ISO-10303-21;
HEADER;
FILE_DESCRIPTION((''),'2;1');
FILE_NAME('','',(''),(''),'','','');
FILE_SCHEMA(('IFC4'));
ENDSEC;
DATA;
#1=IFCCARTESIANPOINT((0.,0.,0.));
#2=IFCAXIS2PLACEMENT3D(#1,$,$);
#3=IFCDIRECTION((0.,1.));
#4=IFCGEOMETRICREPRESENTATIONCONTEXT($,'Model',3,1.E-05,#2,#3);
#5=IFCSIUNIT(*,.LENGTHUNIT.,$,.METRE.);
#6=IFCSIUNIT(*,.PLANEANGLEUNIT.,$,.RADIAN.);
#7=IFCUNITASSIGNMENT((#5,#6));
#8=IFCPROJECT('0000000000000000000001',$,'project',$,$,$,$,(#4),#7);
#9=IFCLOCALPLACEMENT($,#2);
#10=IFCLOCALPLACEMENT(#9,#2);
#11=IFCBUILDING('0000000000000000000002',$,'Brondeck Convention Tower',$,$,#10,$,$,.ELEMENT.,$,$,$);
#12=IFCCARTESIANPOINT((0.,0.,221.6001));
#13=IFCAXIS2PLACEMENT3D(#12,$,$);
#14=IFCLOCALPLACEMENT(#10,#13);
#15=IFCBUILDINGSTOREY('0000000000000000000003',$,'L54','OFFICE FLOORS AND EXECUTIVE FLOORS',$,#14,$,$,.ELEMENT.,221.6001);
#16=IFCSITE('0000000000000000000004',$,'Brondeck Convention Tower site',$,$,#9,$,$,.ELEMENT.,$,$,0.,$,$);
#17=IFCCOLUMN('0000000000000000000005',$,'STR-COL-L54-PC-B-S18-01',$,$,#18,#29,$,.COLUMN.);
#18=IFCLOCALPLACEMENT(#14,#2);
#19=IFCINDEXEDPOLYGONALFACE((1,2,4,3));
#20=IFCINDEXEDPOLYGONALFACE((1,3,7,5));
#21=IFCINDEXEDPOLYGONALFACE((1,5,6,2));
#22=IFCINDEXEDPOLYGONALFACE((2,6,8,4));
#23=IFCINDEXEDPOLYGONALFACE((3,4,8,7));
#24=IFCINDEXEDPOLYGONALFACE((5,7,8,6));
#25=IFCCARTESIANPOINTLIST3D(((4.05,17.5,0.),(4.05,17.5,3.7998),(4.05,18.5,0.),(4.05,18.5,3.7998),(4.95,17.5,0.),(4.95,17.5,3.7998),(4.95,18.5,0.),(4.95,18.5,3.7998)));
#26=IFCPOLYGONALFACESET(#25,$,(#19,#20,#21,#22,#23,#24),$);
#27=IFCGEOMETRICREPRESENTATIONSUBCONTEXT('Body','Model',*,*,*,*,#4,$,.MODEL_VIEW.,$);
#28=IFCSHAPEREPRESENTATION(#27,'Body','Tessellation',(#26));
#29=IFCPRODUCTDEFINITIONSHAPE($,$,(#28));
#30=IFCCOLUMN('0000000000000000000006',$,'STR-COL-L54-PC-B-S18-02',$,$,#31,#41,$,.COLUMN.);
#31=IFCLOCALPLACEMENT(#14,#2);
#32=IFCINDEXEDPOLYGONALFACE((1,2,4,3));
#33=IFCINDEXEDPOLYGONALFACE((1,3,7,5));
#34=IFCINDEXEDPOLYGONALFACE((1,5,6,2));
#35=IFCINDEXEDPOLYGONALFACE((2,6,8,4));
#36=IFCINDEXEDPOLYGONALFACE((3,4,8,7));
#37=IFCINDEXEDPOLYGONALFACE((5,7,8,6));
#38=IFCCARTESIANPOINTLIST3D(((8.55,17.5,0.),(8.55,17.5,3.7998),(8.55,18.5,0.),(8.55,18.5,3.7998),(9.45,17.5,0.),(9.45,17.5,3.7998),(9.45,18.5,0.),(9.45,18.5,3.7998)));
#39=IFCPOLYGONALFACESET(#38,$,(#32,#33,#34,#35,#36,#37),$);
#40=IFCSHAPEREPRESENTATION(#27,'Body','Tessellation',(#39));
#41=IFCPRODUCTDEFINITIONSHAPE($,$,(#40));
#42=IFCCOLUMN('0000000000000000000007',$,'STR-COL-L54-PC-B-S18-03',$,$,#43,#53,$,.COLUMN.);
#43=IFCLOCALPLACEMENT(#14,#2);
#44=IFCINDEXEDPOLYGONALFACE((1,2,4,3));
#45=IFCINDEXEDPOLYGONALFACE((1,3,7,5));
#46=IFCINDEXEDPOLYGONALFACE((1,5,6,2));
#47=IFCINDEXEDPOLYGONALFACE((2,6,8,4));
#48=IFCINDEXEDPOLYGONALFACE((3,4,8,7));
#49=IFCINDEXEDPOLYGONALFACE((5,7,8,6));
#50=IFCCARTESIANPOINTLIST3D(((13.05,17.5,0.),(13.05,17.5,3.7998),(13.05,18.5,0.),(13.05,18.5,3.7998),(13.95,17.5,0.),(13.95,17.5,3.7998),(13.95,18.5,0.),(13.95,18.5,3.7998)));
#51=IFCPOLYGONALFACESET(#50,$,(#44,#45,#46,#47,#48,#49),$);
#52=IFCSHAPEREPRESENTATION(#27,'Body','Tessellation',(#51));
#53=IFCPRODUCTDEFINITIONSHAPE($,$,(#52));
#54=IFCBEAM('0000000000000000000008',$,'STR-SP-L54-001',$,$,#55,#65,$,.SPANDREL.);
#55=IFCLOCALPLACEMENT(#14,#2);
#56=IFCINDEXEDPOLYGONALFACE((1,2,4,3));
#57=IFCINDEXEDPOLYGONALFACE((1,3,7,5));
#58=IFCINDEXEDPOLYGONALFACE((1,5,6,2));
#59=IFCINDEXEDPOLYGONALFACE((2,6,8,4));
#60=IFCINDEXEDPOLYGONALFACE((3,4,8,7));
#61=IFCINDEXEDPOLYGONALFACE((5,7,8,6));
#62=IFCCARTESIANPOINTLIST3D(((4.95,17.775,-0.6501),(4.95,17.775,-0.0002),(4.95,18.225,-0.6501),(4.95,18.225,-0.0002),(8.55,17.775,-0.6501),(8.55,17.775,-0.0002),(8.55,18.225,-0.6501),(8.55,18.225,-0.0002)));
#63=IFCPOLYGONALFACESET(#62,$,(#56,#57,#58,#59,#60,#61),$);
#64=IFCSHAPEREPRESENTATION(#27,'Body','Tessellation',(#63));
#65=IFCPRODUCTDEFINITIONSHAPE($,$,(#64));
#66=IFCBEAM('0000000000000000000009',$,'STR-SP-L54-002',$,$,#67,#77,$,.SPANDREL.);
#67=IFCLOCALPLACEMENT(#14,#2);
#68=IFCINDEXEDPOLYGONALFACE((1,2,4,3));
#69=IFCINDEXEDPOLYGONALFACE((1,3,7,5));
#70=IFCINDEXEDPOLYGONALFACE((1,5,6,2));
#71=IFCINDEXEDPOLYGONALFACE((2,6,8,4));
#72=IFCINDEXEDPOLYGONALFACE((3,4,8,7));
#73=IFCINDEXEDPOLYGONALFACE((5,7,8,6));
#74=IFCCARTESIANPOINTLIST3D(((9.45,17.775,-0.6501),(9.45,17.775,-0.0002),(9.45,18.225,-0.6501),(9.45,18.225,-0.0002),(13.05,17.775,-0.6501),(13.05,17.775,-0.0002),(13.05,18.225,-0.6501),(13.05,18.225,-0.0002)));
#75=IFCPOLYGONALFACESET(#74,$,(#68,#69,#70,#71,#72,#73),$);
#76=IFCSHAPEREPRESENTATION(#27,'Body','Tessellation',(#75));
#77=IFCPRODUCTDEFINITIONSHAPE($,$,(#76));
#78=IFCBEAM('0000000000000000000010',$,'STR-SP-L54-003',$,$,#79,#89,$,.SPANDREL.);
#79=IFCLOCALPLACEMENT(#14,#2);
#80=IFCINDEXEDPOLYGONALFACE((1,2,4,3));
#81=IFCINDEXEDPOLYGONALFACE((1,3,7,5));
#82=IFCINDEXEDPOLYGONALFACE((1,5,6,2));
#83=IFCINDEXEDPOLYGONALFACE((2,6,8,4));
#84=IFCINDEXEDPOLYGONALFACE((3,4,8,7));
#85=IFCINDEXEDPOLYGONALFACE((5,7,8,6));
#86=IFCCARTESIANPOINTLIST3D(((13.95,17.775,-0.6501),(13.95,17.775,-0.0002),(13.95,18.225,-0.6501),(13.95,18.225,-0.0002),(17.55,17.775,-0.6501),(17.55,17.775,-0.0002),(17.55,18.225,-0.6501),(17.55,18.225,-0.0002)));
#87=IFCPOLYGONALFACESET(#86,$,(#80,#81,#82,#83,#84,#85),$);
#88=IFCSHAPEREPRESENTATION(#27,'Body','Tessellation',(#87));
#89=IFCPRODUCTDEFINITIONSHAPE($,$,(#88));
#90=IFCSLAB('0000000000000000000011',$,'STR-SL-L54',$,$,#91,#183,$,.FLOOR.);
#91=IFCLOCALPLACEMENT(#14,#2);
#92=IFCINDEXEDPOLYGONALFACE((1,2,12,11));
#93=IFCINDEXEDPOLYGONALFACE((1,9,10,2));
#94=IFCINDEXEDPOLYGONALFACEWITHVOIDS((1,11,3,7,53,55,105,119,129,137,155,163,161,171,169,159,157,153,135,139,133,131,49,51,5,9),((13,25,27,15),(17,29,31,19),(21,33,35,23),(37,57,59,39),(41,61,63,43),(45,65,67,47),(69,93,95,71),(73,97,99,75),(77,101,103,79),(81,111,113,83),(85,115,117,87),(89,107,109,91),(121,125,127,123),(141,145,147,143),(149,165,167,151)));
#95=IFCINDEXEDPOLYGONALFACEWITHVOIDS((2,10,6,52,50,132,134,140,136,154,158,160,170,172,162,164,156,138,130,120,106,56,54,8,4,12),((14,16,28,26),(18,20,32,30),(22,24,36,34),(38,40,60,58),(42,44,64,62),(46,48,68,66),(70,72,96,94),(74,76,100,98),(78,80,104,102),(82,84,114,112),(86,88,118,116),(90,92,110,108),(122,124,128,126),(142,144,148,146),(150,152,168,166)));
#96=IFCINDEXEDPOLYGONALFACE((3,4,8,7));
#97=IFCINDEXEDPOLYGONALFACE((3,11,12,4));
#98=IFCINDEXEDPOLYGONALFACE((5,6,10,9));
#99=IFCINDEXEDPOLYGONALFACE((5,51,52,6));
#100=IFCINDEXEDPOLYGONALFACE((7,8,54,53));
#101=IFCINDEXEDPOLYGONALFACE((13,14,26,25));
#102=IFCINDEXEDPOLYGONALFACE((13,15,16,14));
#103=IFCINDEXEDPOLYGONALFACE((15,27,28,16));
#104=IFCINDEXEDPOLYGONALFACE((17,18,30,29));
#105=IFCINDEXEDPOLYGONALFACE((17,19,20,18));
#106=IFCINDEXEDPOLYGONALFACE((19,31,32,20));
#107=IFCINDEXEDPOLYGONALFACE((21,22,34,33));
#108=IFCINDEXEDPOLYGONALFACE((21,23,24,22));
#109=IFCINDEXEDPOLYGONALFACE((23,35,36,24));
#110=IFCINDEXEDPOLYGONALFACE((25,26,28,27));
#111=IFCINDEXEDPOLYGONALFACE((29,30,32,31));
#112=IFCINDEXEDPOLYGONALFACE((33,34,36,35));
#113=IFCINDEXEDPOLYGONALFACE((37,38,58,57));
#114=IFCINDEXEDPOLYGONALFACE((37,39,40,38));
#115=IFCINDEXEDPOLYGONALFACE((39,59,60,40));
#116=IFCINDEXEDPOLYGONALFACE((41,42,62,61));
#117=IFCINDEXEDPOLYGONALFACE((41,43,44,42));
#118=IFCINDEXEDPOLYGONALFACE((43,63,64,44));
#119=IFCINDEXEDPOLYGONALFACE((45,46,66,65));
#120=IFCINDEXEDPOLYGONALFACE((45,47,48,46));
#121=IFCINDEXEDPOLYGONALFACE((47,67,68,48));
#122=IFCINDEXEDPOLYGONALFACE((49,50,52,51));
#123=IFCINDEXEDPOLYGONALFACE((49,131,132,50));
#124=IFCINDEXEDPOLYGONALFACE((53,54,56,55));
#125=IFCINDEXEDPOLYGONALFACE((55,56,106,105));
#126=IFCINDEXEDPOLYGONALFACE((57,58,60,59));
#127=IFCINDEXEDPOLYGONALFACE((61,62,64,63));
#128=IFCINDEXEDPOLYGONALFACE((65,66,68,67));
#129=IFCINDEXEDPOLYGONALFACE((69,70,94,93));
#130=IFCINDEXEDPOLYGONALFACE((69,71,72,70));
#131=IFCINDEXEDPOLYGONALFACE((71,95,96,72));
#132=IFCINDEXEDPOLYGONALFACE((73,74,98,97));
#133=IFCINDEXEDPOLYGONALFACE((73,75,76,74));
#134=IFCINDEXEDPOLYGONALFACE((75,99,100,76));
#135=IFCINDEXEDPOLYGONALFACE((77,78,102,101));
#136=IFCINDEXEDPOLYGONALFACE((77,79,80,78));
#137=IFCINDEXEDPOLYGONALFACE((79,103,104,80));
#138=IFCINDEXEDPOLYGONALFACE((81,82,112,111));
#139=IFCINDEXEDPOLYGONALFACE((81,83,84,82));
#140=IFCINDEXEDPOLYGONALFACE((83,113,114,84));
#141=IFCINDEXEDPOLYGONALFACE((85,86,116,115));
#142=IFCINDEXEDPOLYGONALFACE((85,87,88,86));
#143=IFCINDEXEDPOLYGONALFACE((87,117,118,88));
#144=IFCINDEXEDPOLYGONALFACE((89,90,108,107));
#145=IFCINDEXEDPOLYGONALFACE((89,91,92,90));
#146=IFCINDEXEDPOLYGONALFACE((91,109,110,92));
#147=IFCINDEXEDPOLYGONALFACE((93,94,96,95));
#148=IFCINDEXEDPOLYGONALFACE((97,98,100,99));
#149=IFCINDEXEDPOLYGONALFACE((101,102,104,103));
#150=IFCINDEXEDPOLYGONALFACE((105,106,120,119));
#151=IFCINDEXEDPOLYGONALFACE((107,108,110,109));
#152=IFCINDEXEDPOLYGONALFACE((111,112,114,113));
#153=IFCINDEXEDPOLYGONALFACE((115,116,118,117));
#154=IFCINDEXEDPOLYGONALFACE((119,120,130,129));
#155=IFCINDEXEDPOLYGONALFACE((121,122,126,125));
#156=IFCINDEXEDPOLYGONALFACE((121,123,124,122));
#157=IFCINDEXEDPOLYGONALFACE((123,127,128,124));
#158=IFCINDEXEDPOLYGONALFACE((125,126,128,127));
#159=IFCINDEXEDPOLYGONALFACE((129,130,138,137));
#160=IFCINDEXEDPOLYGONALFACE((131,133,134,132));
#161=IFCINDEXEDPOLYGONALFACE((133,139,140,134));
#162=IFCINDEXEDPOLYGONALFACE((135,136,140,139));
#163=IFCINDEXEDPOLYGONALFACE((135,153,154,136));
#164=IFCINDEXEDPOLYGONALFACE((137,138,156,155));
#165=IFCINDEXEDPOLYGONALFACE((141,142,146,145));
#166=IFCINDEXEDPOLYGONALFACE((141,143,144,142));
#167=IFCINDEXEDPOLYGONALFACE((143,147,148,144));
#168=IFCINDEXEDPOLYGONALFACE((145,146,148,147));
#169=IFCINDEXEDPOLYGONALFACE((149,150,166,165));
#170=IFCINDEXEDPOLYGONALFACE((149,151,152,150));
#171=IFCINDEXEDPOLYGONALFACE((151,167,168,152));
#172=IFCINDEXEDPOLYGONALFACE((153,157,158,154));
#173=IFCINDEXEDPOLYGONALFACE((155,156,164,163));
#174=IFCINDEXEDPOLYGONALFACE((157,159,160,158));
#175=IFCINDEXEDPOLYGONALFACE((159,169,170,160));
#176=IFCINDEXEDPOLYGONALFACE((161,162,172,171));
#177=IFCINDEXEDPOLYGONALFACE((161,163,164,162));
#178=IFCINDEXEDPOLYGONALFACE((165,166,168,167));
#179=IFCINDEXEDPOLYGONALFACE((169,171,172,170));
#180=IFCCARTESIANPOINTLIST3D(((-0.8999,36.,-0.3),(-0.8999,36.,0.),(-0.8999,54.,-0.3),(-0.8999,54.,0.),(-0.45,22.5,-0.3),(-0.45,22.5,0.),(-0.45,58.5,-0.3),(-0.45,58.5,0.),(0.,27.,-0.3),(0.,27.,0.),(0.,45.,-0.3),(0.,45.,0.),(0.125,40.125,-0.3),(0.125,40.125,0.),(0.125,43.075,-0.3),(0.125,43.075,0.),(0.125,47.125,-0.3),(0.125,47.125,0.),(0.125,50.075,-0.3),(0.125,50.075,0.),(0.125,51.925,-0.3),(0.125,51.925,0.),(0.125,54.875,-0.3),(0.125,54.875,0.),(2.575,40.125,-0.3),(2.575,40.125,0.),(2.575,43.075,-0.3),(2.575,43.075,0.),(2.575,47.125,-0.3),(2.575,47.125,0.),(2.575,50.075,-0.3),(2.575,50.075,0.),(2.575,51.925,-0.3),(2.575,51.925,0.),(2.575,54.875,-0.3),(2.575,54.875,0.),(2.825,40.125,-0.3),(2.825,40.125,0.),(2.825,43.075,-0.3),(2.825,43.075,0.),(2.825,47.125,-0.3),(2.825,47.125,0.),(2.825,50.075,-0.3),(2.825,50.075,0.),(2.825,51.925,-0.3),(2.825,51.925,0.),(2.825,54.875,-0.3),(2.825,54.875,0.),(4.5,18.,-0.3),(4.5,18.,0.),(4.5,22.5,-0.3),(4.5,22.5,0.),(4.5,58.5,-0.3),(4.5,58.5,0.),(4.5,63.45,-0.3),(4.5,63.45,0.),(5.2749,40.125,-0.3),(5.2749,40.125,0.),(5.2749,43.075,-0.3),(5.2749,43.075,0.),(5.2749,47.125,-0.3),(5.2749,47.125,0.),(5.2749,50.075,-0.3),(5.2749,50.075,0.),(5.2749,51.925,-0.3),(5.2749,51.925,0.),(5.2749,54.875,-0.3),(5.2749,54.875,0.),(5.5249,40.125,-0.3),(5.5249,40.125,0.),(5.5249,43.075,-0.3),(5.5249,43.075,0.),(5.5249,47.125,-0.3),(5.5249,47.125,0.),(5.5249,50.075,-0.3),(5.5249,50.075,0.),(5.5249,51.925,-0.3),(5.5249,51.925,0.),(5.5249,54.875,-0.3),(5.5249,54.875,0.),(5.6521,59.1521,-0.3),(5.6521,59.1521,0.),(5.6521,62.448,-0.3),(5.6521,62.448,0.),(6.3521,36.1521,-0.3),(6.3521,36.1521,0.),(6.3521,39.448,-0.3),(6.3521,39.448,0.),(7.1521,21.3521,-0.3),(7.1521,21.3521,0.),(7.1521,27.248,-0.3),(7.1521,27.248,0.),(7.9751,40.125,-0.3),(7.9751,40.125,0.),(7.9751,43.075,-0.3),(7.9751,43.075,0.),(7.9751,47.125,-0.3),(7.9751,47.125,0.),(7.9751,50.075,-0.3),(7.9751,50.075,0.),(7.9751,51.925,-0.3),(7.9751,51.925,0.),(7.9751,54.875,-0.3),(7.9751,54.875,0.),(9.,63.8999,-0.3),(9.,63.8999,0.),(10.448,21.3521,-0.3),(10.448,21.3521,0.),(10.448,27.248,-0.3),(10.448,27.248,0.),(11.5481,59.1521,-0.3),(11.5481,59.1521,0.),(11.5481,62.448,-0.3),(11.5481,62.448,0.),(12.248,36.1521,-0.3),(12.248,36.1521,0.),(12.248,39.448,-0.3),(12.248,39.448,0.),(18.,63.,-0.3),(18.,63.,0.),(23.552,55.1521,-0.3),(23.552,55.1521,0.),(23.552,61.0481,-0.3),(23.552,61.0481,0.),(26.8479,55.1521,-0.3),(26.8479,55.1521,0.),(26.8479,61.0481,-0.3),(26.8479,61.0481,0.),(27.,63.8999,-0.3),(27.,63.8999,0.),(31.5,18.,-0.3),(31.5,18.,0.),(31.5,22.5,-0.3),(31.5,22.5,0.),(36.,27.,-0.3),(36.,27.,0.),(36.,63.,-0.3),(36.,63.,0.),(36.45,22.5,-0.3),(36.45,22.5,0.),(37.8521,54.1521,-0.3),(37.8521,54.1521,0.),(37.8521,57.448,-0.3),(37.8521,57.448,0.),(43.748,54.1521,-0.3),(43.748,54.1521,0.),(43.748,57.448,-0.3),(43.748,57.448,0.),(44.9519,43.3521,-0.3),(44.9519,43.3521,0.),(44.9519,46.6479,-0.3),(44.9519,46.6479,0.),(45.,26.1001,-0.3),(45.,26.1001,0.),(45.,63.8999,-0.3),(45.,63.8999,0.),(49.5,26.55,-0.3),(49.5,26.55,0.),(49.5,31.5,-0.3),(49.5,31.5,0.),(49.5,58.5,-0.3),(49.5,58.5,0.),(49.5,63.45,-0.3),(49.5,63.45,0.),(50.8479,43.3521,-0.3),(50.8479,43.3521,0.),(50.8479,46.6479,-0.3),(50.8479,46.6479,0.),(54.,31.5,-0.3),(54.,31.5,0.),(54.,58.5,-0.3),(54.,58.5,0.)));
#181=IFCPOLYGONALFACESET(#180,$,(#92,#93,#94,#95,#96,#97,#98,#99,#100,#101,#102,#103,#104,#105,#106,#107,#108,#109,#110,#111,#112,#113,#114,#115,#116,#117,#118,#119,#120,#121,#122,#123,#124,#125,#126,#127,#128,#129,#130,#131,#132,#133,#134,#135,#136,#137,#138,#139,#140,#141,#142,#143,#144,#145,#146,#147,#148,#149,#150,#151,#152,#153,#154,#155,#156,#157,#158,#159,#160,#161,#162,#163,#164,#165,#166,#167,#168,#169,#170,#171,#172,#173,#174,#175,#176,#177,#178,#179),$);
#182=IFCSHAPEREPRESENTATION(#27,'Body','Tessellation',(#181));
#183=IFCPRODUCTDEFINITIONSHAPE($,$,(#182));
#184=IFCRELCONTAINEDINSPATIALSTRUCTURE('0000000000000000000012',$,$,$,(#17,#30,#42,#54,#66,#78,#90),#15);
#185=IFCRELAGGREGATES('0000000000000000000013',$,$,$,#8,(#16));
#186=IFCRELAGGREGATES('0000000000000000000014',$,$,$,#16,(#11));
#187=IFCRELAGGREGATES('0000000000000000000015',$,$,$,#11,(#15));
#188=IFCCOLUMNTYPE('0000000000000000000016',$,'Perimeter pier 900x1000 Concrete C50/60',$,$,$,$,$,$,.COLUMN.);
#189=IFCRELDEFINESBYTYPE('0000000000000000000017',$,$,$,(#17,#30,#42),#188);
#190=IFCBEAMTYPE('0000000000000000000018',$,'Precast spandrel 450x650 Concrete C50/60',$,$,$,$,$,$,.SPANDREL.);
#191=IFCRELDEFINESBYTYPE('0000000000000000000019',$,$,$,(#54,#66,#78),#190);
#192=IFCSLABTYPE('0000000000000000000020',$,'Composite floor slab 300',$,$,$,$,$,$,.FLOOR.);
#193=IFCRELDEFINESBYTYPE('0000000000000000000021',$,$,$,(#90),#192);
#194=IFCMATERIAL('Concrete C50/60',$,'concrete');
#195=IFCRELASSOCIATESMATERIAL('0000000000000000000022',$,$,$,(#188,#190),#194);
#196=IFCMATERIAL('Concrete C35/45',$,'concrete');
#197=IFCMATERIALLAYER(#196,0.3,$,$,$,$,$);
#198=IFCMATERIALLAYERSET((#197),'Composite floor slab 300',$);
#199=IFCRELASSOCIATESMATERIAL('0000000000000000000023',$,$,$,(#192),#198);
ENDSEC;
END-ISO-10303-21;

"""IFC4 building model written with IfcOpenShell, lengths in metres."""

from ifc_helpers import new_model, si_unit, direction, frame, origin, origin_2d, place, context, subcontext, project, spatial, polyline, rectangle, outline, extrude, material, layer, layer_set, material_profile, profile_set, type_object, element, save


model = new_model("IFC4")

# Units and contexts
model_context = context("Model", 3, precision=1e-05, world=origin(), true_north=direction((0.0, 1.0)))
body_context = subcontext(model_context, "Body", "Model", "MODEL_VIEW")
ifc_project = project(units=[si_unit("LENGTHUNIT", "METRE"), si_unit("PLANEANGLEUNIT", "RADIAN")], contexts=[model_context])

# Site, building, storey
site_placement = place(None, origin())
site = spatial("IfcSite", under=ifc_project, at=site_placement, Name="Brondeck Convention Tower site", CompositionType="ELEMENT", RefElevation=0.0)
building_placement = place(site_placement, origin())
building = spatial("IfcBuilding", under=site, at=building_placement, Name="Brondeck Convention Tower", CompositionType="ELEMENT")
storey_placement = place(building_placement, frame((0.0, 0.0, 221.6001)))
storey = spatial("IfcBuildingStorey", under=building, at=storey_placement, Name="L54", Description="OFFICE FLOORS AND EXECUTIVE FLOORS", CompositionType="ELEMENT", Elevation=221.6001)

# Columns
ifc_material_1 = material(Name="Concrete C50/60", Category="concrete")
ifc_material_profile_1 = material_profile(ifc_material_1, rectangle(XDim=0.8999, YDim=1.0, at=origin_2d()), Name="Perimeter pier 900x1000 Concrete C50/60")
ifc_profile_set_1 = profile_set([ifc_material_profile_1], Name="Concrete C50/60")
column_type = type_object("IfcColumnType", Name="Perimeter pier 900x1000 Concrete C50/60", PredefinedType="COLUMN", material=ifc_profile_set_1)
for number, where, z_axis, x_axis, name in (
    (1, (4.5, 18.0, 0.0), (0.0, 0.0, 1.0), (1.0, 0.0, 0.0), "STR-COL-L54-PC-B-S18-01"),
    (2, (9.0, 18.0, 0.0), (0.0, 0.0, 1.0), (1.0, 0.0, 0.0), "STR-COL-L54-PC-B-S18-02"),
    (3, (13.5, 18.0, 0.0), (0.0, 0.0, 1.0), (1.0, 0.0, 0.0), "STR-COL-L54-PC-B-S18-03"),
):
    element("IfcColumn", number, at=place(storey_placement, frame(where, z_axis=z_axis, x_axis=x_axis)), inside=storey, type_object=column_type, Name=name, PredefinedType="COLUMN", context=body_context, shape_type="SweptSolid", body=[
        extrude(rectangle(XDim=0.8999, YDim=1.0, at=origin_2d()), origin(), (0.0, 0.0, 1.0), 3.7998),
    ])

# Beams
ifc_material_profile_2 = material_profile(ifc_material_1, rectangle(XDim=0.45, YDim=0.6499, at=origin_2d()), Name="Precast spandrel 450x650 Concrete C50/60")
ifc_profile_set_2 = profile_set([ifc_material_profile_2], Name="Concrete C50/60")
beam_type = type_object("IfcBeamType", Name="Precast spandrel 450x650 Concrete C50/60", PredefinedType="SPANDREL", material=ifc_profile_set_2)
for number, where, z_axis, x_axis, name in (
    (4, (4.95, 18.0, -0.3252), (1.0, 0.0, 0.0), (0.0, 1.0, 0.0), "STR-SP-L54-001"),
    (5, (9.45, 18.0, -0.3252), (1.0, 0.0, 0.0), (0.0, 1.0, 0.0), "STR-SP-L54-002"),
    (6, (13.95, 18.0, -0.3252), (1.0, 0.0, 0.0), (0.0, 1.0, 0.0), "STR-SP-L54-003"),
):
    element("IfcBeam", number, at=place(storey_placement, frame(where, z_axis=z_axis, x_axis=x_axis)), inside=storey, type_object=beam_type, Name=name, PredefinedType="SPANDREL", context=body_context, shape_type="SweptSolid", body=[
        extrude(rectangle(XDim=0.45, YDim=0.6499, at=origin_2d()), origin(), (0.0, 0.0, 1.0), 3.6001),
    ])

# Slab
ifc_material_2 = material(Name="Concrete C35/45", Category="concrete")
ifc_layer_1 = layer(ifc_material_2, 0.3)
ifc_layer_set_1 = layer_set([ifc_layer_1], Name="Composite floor slab 300")
slab_type_1 = type_object("IfcSlabType", Name="Composite floor slab 300", PredefinedType="FLOOR", material=ifc_layer_set_1)
slab_1_placement = place(storey_placement, frame((0.0, 0.0, -0.3)))
element("IfcSlab", 7, at=slab_1_placement, inside=storey, type_object=slab_type_1, Name="STR-SL-L54", PredefinedType="FLOOR", context=body_context, shape_type="SweptSolid", body=[
    extrude(outline(polyline([(4.5, 22.5), (-0.45, 22.5), (0.0, 27.0), (-0.8999, 36.0), (0.0, 45.0), (-0.8999, 54.0), (-0.45, 58.5), (4.5, 58.5), (4.5, 63.45), (9.0, 63.8999), (18.0, 63.0), (27.0, 63.8999), (36.0, 63.0), (45.0, 63.8999), (49.5, 63.45), (49.5, 58.5), (54.0, 58.5), (54.0, 31.5), (49.5, 31.5), (49.5, 26.55), (45.0, 26.1001), (36.0, 27.0), (36.45, 22.5), (31.5, 22.5), (31.5, 18.0), (4.5, 18.0), (4.5, 22.5)]), holes=[polyline([(2.575, 43.075), (0.125, 43.075), (0.125, 40.125), (2.575, 40.125), (2.575, 43.075)]), polyline([(5.2749, 40.125), (5.2749, 43.075), (2.825, 43.075), (2.825, 40.125), (5.2749, 40.125)]), polyline([(7.9751, 40.125), (7.9751, 43.075), (5.5249, 43.075), (5.5249, 40.125), (7.9751, 40.125)]), polyline([(2.575, 47.125), (2.575, 50.075), (0.125, 50.075), (0.125, 47.125), (2.575, 47.125)]), polyline([(5.2749, 47.125), (5.2749, 50.075), (2.825, 50.075), (2.825, 47.125), (5.2749, 47.125)]), polyline([(7.9751, 47.125), (7.9751, 50.075), (5.5249, 50.075), (5.5249, 47.125), (7.9751, 47.125)]), polyline([(2.575, 51.925), (2.575, 54.875), (0.125, 54.875), (0.125, 51.925), (2.575, 51.925)]), polyline([(5.2749, 51.925), (5.2749, 54.875), (2.825, 54.875), (2.825, 51.925), (5.2749, 51.925)]), polyline([(10.448, 27.248), (7.1521, 27.248), (7.1521, 21.3521), (10.448, 21.3521), (10.448, 27.248)]), polyline([(12.248, 36.1521), (12.248, 39.448), (6.3521, 39.448), (6.3521, 36.1521), (12.248, 36.1521)]), polyline([(50.8479, 43.3521), (50.8479, 46.6479), (44.9519, 46.6479), (44.9519, 43.3521), (50.8479, 43.3521)]), polyline([(7.9751, 51.925), (7.9751, 54.875), (5.5249, 54.875), (5.5249, 51.925), (7.9751, 51.925)]), polyline([(43.748, 54.1521), (43.748, 57.448), (37.8521, 57.448), (37.8521, 54.1521), (43.748, 54.1521)]), polyline([(23.552, 55.1521), (26.8479, 55.1521), (26.8479, 61.0481), (23.552, 61.0481), (23.552, 55.1521)]), polyline([(5.6521, 62.448), (5.6521, 59.1521), (11.5481, 59.1521), (11.5481, 62.448), (5.6521, 62.448)])]), origin(), (0.0, 0.0, 1.0), 0.3),
])

save(model, "model.ifc")
